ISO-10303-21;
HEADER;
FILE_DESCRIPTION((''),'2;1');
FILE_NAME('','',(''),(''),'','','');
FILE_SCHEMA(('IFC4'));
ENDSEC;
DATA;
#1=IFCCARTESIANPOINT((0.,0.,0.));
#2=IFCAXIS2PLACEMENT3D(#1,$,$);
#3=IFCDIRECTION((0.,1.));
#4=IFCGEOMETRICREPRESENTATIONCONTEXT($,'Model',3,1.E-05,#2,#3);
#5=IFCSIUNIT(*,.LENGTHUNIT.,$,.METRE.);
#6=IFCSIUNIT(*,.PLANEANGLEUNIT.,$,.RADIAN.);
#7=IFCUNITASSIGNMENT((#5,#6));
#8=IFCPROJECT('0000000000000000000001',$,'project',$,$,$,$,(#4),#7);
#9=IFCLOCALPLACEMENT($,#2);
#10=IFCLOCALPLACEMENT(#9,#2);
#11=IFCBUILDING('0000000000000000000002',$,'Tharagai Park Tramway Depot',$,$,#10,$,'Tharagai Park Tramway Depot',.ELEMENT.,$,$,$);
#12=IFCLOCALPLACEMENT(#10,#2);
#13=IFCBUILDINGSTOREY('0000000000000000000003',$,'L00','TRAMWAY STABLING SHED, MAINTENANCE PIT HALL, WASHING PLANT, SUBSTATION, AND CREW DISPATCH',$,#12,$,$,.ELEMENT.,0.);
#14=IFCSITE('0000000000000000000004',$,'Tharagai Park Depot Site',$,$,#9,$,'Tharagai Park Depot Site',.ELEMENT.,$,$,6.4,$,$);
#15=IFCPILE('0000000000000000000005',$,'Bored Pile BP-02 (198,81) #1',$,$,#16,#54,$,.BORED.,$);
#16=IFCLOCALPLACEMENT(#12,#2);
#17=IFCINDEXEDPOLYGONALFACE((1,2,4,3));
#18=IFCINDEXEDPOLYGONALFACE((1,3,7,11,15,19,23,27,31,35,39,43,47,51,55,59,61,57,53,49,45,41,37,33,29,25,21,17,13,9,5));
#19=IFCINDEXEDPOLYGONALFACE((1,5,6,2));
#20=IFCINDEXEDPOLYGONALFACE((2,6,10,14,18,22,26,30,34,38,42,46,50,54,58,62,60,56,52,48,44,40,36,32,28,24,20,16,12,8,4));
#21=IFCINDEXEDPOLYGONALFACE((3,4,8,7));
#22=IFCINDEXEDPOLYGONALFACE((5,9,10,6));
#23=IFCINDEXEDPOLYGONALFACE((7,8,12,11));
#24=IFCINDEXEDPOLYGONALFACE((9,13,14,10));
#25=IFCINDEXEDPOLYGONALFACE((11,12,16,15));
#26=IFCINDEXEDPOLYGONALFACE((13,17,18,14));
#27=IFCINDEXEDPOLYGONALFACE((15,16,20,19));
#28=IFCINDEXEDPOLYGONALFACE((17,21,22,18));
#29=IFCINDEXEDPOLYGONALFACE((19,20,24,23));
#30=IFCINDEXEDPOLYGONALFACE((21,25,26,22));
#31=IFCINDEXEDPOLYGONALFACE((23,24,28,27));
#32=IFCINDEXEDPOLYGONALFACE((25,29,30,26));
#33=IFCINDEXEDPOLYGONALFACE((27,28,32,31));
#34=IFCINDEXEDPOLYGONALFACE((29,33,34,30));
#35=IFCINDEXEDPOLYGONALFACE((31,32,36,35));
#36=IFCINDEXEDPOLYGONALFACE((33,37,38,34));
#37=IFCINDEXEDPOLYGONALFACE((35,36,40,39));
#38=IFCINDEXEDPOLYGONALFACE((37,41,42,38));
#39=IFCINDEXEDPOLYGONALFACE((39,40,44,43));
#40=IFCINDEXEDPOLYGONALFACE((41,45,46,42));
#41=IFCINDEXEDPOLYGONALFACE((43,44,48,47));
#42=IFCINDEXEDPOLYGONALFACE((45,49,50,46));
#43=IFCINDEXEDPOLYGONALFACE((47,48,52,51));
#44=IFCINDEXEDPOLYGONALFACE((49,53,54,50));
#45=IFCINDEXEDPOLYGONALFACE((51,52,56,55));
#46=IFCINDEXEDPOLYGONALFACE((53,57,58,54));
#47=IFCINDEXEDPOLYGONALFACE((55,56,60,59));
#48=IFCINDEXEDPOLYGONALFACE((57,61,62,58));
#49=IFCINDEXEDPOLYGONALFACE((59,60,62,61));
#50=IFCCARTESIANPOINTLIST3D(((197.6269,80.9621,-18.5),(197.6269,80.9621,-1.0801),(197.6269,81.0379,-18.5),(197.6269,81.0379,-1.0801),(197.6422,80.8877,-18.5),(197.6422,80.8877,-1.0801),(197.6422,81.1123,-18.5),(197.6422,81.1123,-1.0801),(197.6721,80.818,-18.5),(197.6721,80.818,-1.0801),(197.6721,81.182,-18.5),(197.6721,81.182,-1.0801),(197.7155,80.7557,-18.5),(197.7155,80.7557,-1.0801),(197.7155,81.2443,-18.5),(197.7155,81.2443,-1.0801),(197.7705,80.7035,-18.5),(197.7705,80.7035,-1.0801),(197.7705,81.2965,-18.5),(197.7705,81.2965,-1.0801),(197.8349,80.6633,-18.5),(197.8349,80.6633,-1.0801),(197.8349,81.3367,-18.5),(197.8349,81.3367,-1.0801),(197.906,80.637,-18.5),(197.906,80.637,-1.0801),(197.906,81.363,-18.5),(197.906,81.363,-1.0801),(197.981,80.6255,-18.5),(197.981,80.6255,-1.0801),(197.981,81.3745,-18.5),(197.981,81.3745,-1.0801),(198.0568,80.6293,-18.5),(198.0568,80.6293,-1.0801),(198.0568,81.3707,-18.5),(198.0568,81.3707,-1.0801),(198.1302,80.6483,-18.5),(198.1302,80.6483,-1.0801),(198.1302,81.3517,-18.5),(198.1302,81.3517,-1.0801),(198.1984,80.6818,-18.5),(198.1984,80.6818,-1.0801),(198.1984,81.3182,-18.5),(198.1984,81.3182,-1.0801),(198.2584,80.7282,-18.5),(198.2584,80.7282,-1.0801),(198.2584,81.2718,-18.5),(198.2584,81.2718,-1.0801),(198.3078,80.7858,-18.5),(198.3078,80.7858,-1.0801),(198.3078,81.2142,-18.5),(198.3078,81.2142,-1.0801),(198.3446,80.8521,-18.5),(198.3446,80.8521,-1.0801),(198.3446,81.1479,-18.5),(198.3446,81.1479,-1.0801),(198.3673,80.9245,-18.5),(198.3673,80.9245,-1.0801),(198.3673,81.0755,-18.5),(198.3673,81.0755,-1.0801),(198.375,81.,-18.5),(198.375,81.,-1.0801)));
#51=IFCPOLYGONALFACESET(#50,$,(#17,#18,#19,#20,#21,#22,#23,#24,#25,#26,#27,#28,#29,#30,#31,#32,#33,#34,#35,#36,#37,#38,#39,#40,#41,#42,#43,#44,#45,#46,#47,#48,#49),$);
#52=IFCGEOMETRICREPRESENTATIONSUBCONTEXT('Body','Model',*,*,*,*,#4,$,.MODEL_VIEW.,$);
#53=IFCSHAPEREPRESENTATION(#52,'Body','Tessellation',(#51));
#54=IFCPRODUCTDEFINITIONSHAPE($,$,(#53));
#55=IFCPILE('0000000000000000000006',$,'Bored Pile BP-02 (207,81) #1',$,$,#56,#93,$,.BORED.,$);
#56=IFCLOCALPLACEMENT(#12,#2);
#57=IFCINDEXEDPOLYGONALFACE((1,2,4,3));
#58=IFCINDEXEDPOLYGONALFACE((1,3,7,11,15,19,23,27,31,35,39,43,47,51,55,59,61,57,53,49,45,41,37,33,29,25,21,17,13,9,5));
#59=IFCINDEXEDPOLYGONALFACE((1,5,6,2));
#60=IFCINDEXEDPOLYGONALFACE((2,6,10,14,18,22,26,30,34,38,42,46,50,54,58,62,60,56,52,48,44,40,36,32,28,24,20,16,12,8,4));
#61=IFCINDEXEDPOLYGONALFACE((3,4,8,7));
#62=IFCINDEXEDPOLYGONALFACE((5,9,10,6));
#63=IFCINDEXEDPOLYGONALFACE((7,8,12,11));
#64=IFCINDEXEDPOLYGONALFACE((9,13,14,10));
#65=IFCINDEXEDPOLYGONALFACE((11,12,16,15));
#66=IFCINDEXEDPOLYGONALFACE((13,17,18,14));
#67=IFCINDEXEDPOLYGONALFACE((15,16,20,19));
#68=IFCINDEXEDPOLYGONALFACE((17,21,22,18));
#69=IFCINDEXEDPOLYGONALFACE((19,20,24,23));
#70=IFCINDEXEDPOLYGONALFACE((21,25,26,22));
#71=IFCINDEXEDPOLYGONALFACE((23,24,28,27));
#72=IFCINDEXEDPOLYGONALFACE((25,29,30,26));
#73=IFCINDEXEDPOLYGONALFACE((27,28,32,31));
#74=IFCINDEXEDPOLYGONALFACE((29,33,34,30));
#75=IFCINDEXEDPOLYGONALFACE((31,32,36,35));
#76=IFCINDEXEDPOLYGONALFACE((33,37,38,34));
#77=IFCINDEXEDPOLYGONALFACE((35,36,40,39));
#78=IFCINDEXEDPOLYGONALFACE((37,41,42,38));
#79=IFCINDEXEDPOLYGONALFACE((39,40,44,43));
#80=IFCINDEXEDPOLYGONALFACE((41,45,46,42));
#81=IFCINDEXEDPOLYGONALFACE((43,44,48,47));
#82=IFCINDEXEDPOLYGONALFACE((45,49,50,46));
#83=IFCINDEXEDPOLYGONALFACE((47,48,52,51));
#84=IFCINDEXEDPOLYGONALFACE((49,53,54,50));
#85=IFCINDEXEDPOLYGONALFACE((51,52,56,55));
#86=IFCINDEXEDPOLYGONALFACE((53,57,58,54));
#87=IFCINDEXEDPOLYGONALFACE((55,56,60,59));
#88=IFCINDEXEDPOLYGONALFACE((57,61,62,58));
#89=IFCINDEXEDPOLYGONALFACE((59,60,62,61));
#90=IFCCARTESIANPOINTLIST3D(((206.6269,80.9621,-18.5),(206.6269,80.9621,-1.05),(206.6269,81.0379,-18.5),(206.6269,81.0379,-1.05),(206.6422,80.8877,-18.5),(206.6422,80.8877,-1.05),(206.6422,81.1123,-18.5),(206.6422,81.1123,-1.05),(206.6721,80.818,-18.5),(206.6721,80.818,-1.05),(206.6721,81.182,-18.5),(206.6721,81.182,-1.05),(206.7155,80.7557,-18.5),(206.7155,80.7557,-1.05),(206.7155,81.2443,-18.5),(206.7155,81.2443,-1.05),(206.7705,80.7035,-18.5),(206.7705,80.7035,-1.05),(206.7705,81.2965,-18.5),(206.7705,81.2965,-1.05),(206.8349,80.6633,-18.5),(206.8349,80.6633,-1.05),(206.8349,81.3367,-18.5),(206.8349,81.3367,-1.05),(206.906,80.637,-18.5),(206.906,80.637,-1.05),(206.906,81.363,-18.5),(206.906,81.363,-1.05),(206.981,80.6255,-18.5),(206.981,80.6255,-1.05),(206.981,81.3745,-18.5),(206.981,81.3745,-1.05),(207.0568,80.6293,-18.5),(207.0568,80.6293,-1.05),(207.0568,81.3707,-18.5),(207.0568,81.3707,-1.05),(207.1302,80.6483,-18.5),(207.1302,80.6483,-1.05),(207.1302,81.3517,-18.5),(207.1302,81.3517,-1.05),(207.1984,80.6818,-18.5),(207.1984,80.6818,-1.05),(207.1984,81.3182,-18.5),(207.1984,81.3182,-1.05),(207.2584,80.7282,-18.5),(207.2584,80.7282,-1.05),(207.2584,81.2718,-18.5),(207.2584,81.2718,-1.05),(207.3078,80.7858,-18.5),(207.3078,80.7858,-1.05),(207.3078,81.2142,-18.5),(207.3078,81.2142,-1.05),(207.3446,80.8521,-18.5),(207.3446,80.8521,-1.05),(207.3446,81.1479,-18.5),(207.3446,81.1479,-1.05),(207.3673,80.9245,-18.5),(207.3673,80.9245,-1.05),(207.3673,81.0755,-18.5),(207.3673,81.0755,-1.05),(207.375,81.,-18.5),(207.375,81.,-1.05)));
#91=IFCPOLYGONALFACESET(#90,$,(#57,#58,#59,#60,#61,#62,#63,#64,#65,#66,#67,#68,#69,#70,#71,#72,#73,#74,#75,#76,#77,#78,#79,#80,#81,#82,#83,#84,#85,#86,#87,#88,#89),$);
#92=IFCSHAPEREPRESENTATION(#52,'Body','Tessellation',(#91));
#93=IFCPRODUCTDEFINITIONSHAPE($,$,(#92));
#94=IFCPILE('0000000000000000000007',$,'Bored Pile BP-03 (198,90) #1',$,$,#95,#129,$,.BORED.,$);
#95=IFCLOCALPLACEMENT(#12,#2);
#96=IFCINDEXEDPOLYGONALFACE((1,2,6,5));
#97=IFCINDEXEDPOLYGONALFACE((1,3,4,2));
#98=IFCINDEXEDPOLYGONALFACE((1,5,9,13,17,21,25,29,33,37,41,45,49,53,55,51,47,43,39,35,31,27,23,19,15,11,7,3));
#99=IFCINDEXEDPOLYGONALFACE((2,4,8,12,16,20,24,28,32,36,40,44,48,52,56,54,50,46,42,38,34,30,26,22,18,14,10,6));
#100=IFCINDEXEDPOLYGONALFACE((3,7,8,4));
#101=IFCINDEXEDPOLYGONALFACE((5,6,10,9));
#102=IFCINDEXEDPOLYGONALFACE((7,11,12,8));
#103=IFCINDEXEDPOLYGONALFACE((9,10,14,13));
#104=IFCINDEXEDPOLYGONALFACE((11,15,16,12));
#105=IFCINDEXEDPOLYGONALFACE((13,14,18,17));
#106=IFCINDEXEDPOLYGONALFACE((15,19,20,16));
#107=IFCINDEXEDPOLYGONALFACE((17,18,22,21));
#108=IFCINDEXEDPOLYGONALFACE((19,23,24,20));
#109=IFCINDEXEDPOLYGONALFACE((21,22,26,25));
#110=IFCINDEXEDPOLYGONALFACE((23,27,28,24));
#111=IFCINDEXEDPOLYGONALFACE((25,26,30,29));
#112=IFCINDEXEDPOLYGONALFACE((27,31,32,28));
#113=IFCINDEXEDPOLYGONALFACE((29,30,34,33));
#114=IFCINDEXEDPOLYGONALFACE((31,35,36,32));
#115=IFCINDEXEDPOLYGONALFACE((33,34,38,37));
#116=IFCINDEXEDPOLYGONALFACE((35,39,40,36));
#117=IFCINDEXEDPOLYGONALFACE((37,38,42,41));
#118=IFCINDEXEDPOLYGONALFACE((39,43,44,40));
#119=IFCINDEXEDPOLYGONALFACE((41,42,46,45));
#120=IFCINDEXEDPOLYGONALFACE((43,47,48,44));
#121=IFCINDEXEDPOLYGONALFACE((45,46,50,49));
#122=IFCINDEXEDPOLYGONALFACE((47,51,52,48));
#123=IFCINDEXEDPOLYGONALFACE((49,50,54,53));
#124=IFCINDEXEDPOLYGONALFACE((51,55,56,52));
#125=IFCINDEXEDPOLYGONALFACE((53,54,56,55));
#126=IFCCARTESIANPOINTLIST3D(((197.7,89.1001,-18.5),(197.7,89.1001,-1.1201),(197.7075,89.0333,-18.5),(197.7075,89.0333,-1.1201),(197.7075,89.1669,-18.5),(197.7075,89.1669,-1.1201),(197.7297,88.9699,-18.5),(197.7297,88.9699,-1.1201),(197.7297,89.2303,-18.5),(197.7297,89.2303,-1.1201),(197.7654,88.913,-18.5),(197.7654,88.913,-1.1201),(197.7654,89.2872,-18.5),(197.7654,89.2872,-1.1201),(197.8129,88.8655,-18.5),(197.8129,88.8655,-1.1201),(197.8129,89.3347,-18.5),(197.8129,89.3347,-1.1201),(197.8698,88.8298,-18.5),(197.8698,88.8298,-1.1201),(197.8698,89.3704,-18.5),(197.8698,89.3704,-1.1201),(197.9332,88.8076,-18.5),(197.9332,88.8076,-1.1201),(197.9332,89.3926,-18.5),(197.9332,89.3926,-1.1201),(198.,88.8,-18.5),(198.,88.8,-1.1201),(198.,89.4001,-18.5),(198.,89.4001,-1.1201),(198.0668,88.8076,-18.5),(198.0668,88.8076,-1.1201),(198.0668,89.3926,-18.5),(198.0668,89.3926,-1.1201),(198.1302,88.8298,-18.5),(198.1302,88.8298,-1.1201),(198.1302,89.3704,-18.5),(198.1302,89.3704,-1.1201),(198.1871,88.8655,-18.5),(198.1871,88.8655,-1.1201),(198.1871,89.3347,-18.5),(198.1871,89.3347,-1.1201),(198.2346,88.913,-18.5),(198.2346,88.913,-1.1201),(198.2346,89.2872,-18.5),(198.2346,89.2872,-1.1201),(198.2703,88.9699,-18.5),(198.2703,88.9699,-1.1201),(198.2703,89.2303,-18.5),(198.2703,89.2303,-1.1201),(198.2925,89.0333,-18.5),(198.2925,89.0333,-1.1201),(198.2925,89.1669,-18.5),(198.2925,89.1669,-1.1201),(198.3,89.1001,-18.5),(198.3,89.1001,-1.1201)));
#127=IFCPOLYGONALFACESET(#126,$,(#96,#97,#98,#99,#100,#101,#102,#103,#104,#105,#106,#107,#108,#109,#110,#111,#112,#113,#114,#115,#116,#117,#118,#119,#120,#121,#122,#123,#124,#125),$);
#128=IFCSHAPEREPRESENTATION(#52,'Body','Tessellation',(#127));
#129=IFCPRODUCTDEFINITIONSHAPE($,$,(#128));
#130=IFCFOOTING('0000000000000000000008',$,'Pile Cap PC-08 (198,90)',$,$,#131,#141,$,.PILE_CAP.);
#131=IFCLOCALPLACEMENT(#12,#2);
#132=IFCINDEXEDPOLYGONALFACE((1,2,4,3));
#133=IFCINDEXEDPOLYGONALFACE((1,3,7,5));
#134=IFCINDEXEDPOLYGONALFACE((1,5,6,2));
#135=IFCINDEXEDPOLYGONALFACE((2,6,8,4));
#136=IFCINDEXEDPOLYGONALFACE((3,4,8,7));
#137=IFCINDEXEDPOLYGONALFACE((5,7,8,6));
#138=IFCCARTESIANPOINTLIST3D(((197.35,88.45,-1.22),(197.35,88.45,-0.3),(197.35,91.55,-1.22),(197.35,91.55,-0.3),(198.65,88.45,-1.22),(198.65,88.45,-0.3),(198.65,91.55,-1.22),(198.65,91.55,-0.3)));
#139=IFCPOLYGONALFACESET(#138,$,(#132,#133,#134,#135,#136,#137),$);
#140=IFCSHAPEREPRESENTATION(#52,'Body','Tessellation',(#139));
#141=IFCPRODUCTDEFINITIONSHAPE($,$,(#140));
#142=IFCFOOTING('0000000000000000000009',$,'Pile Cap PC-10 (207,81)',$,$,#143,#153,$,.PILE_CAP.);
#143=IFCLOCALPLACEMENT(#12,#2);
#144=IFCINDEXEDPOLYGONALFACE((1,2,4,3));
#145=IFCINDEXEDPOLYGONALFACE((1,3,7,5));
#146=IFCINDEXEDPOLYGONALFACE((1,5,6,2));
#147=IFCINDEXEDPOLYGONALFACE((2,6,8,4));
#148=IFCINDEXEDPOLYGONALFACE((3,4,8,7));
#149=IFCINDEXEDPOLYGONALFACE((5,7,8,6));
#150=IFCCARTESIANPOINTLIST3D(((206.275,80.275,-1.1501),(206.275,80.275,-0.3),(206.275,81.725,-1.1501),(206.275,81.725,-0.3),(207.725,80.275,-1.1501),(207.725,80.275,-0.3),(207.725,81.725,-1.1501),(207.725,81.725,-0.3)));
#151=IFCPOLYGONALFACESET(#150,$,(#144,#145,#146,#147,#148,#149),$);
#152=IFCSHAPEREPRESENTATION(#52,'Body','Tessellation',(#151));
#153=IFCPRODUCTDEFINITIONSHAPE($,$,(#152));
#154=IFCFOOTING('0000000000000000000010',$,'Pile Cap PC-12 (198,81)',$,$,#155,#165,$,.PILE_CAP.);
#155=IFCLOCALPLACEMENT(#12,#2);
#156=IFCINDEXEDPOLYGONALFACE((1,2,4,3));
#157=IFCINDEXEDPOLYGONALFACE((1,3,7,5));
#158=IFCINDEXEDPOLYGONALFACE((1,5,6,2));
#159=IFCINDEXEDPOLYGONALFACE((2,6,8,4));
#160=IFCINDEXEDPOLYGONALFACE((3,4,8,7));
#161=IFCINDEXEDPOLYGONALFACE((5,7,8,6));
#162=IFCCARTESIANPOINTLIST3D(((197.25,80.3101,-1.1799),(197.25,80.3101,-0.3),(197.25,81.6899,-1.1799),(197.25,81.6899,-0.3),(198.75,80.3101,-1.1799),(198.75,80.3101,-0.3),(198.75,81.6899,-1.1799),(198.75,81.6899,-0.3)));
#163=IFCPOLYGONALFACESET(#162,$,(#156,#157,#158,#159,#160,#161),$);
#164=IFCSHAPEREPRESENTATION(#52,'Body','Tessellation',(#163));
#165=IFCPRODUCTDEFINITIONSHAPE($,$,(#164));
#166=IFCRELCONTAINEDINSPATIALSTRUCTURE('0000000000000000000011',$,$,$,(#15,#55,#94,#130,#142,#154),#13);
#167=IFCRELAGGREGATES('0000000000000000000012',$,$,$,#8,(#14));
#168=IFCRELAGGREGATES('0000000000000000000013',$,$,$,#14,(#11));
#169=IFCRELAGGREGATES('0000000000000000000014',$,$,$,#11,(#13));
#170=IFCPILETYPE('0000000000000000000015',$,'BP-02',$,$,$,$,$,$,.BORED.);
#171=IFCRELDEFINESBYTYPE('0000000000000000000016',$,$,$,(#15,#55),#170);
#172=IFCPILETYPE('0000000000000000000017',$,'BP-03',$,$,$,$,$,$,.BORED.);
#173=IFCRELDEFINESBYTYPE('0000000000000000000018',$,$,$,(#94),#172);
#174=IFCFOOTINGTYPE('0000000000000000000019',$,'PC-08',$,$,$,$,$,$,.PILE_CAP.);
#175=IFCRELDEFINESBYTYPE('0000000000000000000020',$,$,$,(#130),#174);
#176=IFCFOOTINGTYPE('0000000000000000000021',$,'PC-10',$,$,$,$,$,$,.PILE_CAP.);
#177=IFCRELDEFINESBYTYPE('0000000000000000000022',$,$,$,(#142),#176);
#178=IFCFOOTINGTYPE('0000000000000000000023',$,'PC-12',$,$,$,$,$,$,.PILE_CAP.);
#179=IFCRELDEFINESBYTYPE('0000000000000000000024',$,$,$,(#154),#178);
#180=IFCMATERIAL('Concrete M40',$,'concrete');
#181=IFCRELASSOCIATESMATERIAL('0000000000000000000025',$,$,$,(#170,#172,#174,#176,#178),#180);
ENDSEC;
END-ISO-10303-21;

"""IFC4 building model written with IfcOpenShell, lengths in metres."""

from ifc_helpers import new_model, si_unit, direction, frame, origin, origin_2d, place, context, subcontext, project, spatial, rectangle, circle, extrude, material, material_profile, profile_set, type_object, element, save


model = new_model("IFC4")

# Units and contexts
model_context = context("Model", 3, precision=1e-05, world=origin(), true_north=direction((0.0, 1.0)))
body_context = subcontext(model_context, "Body", "Model", "MODEL_VIEW")
ifc_project = project(units=[si_unit("LENGTHUNIT", "METRE"), si_unit("PLANEANGLEUNIT", "RADIAN")], contexts=[model_context])

# Site, building, storey
site_placement = place(None, origin())
site = spatial("IfcSite", under=ifc_project, at=site_placement, Name="Tharagai Park Depot Site", LongName="Tharagai Park Depot Site", CompositionType="ELEMENT", RefElevation=6.4)
building_placement = place(site_placement, origin())
building = spatial("IfcBuilding", under=site, at=building_placement, Name="Tharagai Park Tramway Depot", LongName="Tharagai Park Tramway Depot", CompositionType="ELEMENT")
storey_placement = place(building_placement, origin())
storey = spatial("IfcBuildingStorey", under=building, at=storey_placement, Name="L00", Description="TRAMWAY STABLING SHED, MAINTENANCE PIT HALL, WASHING PLANT, SUBSTATION, AND CREW DISPATCH", CompositionType="ELEMENT", Elevation=0.0)

# Piles
ifc_material_1 = material(Name="Concrete M40", Category="concrete")
ifc_material_profile_1 = material_profile(ifc_material_1, circle(Radius=0.375, at=origin_2d()), Name="PILE D750")
ifc_profile_set_1 = profile_set([ifc_material_profile_1], Name="Concrete M40")
pile_type_1 = type_object("IfcPileType", Name="BP-02", PredefinedType="BORED", material=ifc_profile_set_1)
pile_1_placement = place(storey_placement, frame((198.0, 81.0, -1.0801), z_axis=(0.0, 0.0, -1.0), x_axis=(1.0, 0.0, 0.0)))
element("IfcPile", 1, at=pile_1_placement, inside=storey, type_object=pile_type_1, Name="Bored Pile BP-02 (198,81) #1", PredefinedType="BORED", context=body_context, shape_type="SweptSolid", body=[
    extrude(circle(Radius=0.375, at=origin_2d()), origin(), (0.0, 0.0, 1.0), 17.4199),
])
pile_2_placement = place(storey_placement, frame((207.0, 81.0, -1.05), z_axis=(0.0, 0.0, -1.0), x_axis=(1.0, 0.0, 0.0)))
element("IfcPile", 2, at=pile_2_placement, inside=storey, type_object=pile_type_1, Name="Bored Pile BP-02 (207,81) #1", PredefinedType="BORED", context=body_context, shape_type="SweptSolid", body=[
    extrude(circle(Radius=0.375, at=origin_2d()), origin(), (0.0, 0.0, 1.0), 17.45),
])
ifc_material_profile_2 = material_profile(ifc_material_1, circle(Radius=0.3, at=origin_2d()), Name="PILE D600")
ifc_profile_set_2 = profile_set([ifc_material_profile_2], Name="Concrete M40")
pile_type_2 = type_object("IfcPileType", Name="BP-03", PredefinedType="BORED", material=ifc_profile_set_2)
pile_3_placement = place(storey_placement, frame((198.0, 89.1001, -1.1201), z_axis=(0.0, 0.0, -1.0), x_axis=(1.0, 0.0, 0.0)))
element("IfcPile", 3, at=pile_3_placement, inside=storey, type_object=pile_type_2, Name="Bored Pile BP-03 (198,90) #1", PredefinedType="BORED", context=body_context, shape_type="SweptSolid", body=[
    extrude(circle(Radius=0.3, at=origin_2d()), origin(), (0.0, 0.0, 1.0), 17.3799),
])

# Footings
footing_type_1 = type_object("IfcFootingType", Name="PC-08", PredefinedType="PILE_CAP", material=ifc_material_1)
footing_1_placement = place(storey_placement, frame((198.0, 90.0, -1.22), z_axis=(0.0, 0.0, 1.0), x_axis=(1.0, 0.0, 0.0)))
element("IfcFooting", 4, at=footing_1_placement, inside=storey, type_object=footing_type_1, Name="Pile Cap PC-08 (198,90)", PredefinedType="PILE_CAP", context=body_context, shape_type="SweptSolid", body=[
    extrude(rectangle(XDim=1.3, YDim=3.1001, at=origin_2d()), origin(), (0.0, 0.0, 1.0), 0.9199),
])
footing_type_2 = type_object("IfcFootingType", Name="PC-10", PredefinedType="PILE_CAP", material=ifc_material_1)
footing_2_placement = place(storey_placement, frame((207.0, 81.0, -1.1501), z_axis=(0.0, 0.0, 1.0), x_axis=(1.0, 0.0, 0.0)))
element("IfcFooting", 5, at=footing_2_placement, inside=storey, type_object=footing_type_2, Name="Pile Cap PC-10 (207,81)", PredefinedType="PILE_CAP", context=body_context, shape_type="SweptSolid", body=[
    extrude(rectangle(XDim=1.45, YDim=1.45, at=origin_2d()), origin(), (0.0, 0.0, 1.0), 0.8501),
])
footing_type_3 = type_object("IfcFootingType", Name="PC-12", PredefinedType="PILE_CAP", material=ifc_material_1)
footing_3_placement = place(storey_placement, frame((198.0, 81.0, -1.1799), z_axis=(0.0, 0.0, 1.0), x_axis=(1.0, 0.0, 0.0)))
element("IfcFooting", 6, at=footing_3_placement, inside=storey, type_object=footing_type_3, Name="Pile Cap PC-12 (198,81)", PredefinedType="PILE_CAP", context=body_context, shape_type="SweptSolid", body=[
    extrude(rectangle(XDim=1.5, YDim=1.3799, at=origin_2d()), origin(), (0.0, 0.0, 1.0), 0.8799),
])

save(model, "model.ifc")
